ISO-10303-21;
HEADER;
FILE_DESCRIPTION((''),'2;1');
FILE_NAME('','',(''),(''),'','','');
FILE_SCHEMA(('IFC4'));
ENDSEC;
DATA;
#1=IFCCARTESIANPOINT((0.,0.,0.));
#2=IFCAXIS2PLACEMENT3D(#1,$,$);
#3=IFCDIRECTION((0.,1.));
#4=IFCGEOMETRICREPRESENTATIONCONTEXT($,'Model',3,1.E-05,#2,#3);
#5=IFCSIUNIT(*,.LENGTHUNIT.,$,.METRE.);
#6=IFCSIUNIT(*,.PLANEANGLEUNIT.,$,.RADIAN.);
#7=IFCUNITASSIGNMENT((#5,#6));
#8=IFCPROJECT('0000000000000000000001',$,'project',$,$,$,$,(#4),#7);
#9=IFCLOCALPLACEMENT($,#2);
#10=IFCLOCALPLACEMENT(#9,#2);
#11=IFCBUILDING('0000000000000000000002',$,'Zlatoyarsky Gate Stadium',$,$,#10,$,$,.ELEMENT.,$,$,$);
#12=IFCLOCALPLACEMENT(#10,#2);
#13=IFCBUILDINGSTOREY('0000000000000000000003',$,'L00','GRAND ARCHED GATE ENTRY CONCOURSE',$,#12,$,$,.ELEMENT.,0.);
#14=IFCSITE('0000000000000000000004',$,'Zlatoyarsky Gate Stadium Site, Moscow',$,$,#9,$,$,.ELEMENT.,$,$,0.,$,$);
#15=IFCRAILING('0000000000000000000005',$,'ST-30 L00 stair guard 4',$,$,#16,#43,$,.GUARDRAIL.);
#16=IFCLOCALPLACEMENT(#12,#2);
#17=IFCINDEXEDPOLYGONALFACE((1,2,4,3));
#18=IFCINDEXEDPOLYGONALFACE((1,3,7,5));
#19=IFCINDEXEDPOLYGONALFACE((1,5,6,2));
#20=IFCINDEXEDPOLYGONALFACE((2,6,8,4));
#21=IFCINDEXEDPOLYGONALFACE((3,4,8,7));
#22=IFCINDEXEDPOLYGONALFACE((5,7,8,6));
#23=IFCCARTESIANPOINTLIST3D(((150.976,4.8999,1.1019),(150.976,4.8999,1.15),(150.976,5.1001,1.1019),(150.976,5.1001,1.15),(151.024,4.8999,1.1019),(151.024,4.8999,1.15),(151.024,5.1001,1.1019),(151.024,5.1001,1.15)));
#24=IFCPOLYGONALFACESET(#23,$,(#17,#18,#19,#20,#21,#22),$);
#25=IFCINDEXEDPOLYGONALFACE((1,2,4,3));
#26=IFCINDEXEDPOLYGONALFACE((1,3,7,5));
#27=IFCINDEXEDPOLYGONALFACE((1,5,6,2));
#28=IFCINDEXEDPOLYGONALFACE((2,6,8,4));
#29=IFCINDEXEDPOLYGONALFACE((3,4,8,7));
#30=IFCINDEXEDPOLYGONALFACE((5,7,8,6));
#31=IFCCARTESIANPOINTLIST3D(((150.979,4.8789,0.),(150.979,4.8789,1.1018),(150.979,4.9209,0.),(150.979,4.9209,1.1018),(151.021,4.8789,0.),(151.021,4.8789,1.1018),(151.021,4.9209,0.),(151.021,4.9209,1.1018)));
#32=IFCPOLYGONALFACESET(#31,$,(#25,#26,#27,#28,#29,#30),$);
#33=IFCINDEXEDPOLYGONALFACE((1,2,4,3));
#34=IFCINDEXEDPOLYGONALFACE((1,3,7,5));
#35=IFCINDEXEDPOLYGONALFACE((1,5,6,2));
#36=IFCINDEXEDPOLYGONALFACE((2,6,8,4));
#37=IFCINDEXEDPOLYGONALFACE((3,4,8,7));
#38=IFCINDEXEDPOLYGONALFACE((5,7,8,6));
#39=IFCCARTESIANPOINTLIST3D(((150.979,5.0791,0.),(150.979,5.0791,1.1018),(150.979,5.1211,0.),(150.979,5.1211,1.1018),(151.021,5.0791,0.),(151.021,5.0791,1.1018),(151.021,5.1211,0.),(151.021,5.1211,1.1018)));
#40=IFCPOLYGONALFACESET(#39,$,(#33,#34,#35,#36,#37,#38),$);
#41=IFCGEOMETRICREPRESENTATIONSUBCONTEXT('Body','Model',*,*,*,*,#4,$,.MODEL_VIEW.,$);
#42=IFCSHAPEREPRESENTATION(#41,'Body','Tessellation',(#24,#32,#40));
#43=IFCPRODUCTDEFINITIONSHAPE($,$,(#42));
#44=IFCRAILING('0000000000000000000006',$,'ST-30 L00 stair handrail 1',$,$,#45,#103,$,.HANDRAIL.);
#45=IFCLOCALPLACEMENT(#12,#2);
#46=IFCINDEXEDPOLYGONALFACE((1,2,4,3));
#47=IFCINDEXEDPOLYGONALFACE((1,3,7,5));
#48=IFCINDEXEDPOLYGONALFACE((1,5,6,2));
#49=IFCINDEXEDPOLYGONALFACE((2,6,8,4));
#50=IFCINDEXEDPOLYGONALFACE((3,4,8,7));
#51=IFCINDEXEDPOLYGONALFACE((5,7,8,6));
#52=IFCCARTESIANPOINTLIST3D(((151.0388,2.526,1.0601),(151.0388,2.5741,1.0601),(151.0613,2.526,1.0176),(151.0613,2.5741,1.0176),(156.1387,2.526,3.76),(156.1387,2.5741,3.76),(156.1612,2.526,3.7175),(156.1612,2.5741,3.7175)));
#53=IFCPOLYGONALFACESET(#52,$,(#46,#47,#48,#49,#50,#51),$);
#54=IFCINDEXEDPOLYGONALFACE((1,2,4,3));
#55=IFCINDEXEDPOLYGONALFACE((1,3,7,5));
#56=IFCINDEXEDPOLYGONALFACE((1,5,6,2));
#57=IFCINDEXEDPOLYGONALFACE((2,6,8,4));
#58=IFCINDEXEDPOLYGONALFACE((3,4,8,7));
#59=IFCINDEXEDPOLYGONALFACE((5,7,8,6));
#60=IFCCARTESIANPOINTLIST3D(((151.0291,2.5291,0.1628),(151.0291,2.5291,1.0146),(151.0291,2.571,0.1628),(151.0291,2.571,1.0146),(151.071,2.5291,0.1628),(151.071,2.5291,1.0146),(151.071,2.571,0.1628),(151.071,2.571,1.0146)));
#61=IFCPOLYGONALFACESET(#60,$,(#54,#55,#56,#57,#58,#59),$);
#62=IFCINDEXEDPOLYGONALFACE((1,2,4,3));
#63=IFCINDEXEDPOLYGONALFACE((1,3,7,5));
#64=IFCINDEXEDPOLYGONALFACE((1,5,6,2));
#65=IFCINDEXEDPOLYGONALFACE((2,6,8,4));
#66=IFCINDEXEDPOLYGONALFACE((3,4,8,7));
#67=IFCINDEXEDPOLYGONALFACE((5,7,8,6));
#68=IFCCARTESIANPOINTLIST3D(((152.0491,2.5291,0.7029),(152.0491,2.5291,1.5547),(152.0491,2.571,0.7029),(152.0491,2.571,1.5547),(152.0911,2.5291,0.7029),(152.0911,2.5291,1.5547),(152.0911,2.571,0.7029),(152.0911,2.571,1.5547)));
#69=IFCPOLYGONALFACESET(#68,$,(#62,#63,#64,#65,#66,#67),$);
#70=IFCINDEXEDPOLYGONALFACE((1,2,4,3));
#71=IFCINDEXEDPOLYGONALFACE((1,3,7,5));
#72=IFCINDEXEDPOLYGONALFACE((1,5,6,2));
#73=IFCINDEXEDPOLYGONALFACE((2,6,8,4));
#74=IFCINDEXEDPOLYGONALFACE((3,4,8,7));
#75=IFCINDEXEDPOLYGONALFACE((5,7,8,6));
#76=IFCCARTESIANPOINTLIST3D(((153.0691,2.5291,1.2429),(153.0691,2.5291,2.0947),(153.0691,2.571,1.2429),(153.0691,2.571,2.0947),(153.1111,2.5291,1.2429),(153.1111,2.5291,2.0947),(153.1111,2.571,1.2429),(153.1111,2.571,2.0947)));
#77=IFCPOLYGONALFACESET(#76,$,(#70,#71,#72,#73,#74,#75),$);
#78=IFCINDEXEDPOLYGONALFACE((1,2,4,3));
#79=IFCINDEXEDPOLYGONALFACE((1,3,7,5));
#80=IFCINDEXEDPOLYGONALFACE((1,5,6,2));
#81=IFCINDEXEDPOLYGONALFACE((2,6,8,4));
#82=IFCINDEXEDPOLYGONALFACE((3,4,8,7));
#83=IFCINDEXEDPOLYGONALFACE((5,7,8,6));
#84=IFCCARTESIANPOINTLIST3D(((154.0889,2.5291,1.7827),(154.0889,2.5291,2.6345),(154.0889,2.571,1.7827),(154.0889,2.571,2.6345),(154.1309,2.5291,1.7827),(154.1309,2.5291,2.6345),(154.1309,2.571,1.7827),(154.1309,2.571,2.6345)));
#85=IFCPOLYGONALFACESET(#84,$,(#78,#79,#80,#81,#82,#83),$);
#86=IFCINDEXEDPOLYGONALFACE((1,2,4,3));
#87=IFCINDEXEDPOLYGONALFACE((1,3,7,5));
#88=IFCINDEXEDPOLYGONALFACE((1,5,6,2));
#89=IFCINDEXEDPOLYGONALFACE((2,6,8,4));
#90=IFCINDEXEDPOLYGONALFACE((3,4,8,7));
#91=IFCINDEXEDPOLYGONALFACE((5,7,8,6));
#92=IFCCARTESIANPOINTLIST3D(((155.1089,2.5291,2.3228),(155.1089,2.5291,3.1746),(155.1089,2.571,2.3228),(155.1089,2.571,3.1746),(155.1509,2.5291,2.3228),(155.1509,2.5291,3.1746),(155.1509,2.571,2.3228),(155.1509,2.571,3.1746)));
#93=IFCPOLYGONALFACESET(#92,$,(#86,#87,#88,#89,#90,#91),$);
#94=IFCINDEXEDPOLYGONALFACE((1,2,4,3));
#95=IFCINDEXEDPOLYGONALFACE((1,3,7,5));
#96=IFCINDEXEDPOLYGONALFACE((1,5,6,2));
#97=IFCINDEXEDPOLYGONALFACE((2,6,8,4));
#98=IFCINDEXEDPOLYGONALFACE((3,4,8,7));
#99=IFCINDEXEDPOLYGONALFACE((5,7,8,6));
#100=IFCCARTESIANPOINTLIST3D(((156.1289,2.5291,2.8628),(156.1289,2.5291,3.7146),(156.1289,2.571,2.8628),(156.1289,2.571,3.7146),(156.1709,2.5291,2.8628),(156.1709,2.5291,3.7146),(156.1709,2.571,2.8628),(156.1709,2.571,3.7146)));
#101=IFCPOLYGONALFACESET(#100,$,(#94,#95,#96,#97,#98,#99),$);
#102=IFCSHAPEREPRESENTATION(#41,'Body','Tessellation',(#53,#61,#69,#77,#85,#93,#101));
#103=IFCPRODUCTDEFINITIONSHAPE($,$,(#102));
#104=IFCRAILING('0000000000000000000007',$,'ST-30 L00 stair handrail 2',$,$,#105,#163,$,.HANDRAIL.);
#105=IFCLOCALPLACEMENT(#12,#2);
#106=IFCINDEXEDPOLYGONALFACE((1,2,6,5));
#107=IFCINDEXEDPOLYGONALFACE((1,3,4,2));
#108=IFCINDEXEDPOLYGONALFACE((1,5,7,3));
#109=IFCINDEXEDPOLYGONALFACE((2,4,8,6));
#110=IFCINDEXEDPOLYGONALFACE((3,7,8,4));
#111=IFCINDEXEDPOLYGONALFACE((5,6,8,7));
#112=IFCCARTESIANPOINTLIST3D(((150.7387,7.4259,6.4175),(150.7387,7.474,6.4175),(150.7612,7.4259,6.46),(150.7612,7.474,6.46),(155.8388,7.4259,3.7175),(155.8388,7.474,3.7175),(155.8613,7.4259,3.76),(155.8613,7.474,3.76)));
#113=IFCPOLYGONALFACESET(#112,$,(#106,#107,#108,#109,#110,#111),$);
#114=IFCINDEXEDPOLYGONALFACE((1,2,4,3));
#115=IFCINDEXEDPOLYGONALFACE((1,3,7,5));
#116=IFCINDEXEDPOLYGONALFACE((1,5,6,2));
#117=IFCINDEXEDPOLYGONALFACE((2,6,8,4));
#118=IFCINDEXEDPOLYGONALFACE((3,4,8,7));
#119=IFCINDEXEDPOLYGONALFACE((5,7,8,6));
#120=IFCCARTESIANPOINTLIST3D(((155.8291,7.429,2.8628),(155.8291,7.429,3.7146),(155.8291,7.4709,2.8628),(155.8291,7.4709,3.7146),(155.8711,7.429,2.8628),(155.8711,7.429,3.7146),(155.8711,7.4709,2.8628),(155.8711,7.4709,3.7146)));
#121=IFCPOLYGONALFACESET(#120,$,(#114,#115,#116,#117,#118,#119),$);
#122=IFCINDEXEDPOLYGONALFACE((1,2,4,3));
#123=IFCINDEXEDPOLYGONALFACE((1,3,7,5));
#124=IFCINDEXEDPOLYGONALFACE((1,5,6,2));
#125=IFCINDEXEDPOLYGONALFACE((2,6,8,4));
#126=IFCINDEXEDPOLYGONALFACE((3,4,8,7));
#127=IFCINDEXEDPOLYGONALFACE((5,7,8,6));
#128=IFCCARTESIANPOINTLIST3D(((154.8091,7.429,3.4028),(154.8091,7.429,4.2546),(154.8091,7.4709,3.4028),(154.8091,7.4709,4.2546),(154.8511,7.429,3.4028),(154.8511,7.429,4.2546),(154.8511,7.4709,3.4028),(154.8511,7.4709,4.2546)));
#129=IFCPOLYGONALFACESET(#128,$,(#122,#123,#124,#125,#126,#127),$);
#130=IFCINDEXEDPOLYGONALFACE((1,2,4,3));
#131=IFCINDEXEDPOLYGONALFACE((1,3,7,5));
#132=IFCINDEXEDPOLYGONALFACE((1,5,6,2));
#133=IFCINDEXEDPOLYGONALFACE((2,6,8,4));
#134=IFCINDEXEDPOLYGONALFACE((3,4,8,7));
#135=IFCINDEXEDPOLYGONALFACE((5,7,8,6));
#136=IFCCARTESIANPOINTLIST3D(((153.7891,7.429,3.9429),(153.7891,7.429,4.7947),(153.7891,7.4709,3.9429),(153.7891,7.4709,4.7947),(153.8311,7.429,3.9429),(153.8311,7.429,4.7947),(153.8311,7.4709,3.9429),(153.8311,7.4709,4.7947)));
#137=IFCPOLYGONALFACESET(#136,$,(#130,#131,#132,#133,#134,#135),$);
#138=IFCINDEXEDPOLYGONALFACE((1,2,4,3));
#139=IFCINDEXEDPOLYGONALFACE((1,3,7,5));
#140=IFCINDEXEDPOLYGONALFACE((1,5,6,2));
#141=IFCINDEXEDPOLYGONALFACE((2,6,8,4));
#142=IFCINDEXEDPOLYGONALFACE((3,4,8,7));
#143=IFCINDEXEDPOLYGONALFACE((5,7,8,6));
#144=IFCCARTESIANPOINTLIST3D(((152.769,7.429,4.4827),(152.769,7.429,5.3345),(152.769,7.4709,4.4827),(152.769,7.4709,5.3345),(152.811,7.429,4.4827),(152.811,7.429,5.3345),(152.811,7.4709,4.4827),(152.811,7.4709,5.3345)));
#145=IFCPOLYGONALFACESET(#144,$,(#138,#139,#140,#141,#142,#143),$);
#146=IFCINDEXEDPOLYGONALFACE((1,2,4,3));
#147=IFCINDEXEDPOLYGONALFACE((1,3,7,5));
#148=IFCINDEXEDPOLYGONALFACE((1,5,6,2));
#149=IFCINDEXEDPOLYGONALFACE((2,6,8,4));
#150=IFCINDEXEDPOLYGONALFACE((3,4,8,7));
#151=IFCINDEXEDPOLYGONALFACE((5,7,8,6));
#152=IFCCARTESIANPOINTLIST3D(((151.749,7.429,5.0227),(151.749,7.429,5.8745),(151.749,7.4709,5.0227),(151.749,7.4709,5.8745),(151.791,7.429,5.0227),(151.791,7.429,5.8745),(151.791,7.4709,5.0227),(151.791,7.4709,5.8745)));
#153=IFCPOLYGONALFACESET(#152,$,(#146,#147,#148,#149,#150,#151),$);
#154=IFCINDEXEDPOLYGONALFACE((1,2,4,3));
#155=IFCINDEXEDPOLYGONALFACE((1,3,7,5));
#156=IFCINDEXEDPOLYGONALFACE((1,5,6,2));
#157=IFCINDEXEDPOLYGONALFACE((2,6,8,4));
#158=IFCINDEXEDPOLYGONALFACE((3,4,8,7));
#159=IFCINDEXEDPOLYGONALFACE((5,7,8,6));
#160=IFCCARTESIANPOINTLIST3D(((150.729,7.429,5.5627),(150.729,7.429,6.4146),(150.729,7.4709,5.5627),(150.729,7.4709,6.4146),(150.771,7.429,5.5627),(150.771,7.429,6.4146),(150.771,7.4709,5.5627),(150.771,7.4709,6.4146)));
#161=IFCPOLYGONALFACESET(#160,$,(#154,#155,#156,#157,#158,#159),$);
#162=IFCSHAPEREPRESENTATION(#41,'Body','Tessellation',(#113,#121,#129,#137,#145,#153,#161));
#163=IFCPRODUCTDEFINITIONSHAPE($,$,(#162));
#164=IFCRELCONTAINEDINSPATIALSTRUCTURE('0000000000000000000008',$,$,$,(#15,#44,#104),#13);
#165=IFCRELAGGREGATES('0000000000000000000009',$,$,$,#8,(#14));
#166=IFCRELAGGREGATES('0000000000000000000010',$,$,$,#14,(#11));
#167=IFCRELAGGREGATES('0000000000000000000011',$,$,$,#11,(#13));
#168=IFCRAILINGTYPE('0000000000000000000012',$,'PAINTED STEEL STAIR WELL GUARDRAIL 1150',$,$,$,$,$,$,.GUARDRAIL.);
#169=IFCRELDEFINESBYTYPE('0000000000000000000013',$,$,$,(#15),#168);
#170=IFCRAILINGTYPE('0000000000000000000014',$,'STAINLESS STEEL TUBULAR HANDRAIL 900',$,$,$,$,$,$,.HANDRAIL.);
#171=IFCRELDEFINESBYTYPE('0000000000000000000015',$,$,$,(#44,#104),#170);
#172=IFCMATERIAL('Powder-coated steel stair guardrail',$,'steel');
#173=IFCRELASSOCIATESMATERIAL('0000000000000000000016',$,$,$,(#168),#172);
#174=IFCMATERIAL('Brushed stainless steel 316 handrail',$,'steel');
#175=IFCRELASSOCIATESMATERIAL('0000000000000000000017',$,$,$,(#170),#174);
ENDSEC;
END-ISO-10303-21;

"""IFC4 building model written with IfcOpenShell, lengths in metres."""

from ifc_helpers import new_model, si_unit, direction, frame, origin, origin_2d, place, context, subcontext, project, spatial, rectangle, extrude, material, type_object, element, save


model = new_model("IFC4")

# Units and contexts
model_context = context("Model", 3, precision=1e-05, world=origin(), true_north=direction((0.0, 1.0)))
body_context = subcontext(model_context, "Body", "Model", "MODEL_VIEW")
ifc_project = project(units=[si_unit("LENGTHUNIT", "METRE"), si_unit("PLANEANGLEUNIT", "RADIAN")], contexts=[model_context])

# Site, building, storey
site_placement = place(None, origin())
site = spatial("IfcSite", under=ifc_project, at=site_placement, Name="Zlatoyarsky Gate Stadium Site, Moscow", CompositionType="ELEMENT", RefElevation=0.0)
building_placement = place(site_placement, origin())
building = spatial("IfcBuilding", under=site, at=building_placement, Name="Zlatoyarsky Gate Stadium", CompositionType="ELEMENT")
storey_placement = place(building_placement, origin())
storey = spatial("IfcBuildingStorey", under=building, at=storey_placement, Name="L00", Description="GRAND ARCHED GATE ENTRY CONCOURSE", CompositionType="ELEMENT", Elevation=0.0)

# Railings
ifc_material_1 = material(Name="Powder-coated steel stair guardrail", Category="steel")
railing_type_1 = type_object("IfcRailingType", Name="PAINTED STEEL STAIR WELL GUARDRAIL 1150", PredefinedType="GUARDRAIL", material=ifc_material_1)
railing_1_placement = place(storey_placement, frame((151.0, 4.8999, 0.0)))
element("IfcRailing", 1, at=railing_1_placement, inside=storey, type_object=railing_type_1, Name="ST-30 L00 stair guard 4", PredefinedType="GUARDRAIL", context=body_context, shape_type="SweptSolid", body=[
    extrude(rectangle(XDim=0.0481, YDim=0.0481, at=origin_2d()), frame((0.0, 0.0, 1.126), z_axis=(0.0, 1.0, 0.0), x_axis=(-1.0, 0.0, 0.0)), (0.0, 0.0, 1.0), 0.2002),
    extrude(rectangle(XDim=0.042, YDim=0.042, at=origin_2d()), origin(), (0.0, 0.0, 1.0), 1.1018),
    extrude(rectangle(XDim=0.042, YDim=0.042, at=origin_2d()), frame((0.0, 0.2002, 0.0)), (0.0, 0.0, 1.0), 1.1018),
])
ifc_material_2 = material(Name="Brushed stainless steel 316 handrail", Category="steel")
railing_type_2 = type_object("IfcRailingType", Name="STAINLESS STEEL TUBULAR HANDRAIL 900", PredefinedType="HANDRAIL", material=ifc_material_2)
railing_2_placement = place(storey_placement, frame((151.05, 2.55, 0.1628)))
element("IfcRailing", 2, at=railing_2_placement, inside=storey, type_object=railing_type_2, Name="ST-30 L00 stair handrail 1", PredefinedType="HANDRAIL", context=body_context, shape_type="SweptSolid", body=[
    extrude(rectangle(XDim=0.0481, YDim=0.0481, at=origin_2d()), frame((0.0, 0.0, 0.876), z_axis=(0.883786, 0.0, 0.467892), x_axis=(0.0, 1.0, 0.0)), (0.0, 0.0, 1.0), 5.7705),
    extrude(rectangle(XDim=0.042, YDim=0.042, at=origin_2d()), origin(), (0.0, 0.0, 1.0), 0.8518),
    extrude(rectangle(XDim=0.042, YDim=0.042, at=origin_2d()), frame((1.02, 0.0, 0.54)), (0.0, 0.0, 1.0), 0.8518),
    extrude(rectangle(XDim=0.042, YDim=0.042, at=origin_2d()), frame((2.04, 0.0, 1.0801)), (0.0, 0.0, 1.0), 0.8518),
    extrude(rectangle(XDim=0.042, YDim=0.042, at=origin_2d()), frame((3.0598, 0.0, 1.6199)), (0.0, 0.0, 1.0), 0.8518),
    extrude(rectangle(XDim=0.042, YDim=0.042, at=origin_2d()), frame((4.0798, 0.0, 2.1599)), (0.0, 0.0, 1.0), 0.8518),
    extrude(rectangle(XDim=0.042, YDim=0.042, at=origin_2d()), frame((5.0999, 0.0, 2.7)), (0.0, 0.0, 1.0), 0.8518),
])
railing_3_placement = place(storey_placement, frame((155.8501, 7.45, 2.8628)))
element("IfcRailing", 3, at=railing_3_placement, inside=storey, type_object=railing_type_2, Name="ST-30 L00 stair handrail 2", PredefinedType="HANDRAIL", context=body_context, shape_type="SweptSolid", body=[
    extrude(rectangle(XDim=0.0481, YDim=0.0481, at=origin_2d()), frame((0.0, 0.0, 0.876), z_axis=(-0.883795, 0.0, 0.467874), x_axis=(0.0, -1.0, 0.0)), (0.0, 0.0, 1.0), 5.7708),
    extrude(rectangle(XDim=0.042, YDim=0.042, at=origin_2d()), origin(), (0.0, 0.0, 1.0), 0.8518),
    extrude(rectangle(XDim=0.042, YDim=0.042, at=origin_2d()), frame((-1.02, 0.0, 0.54)), (0.0, 0.0, 1.0), 0.8518),
    extrude(rectangle(XDim=0.042, YDim=0.042, at=origin_2d()), frame((-2.04, 0.0, 1.0801)), (0.0, 0.0, 1.0), 0.8518),
    extrude(rectangle(XDim=0.042, YDim=0.042, at=origin_2d()), frame((-3.0601, 0.0, 1.6199)), (0.0, 0.0, 1.0), 0.8518),
    extrude(rectangle(XDim=0.042, YDim=0.042, at=origin_2d()), frame((-4.0801, 0.0, 2.1599)), (0.0, 0.0, 1.0), 0.8518),
    extrude(rectangle(XDim=0.042, YDim=0.042, at=origin_2d()), frame((-5.1001, 0.0, 2.7)), (0.0, 0.0, 1.0), 0.8518),
])

save(model, "model.ifc")
